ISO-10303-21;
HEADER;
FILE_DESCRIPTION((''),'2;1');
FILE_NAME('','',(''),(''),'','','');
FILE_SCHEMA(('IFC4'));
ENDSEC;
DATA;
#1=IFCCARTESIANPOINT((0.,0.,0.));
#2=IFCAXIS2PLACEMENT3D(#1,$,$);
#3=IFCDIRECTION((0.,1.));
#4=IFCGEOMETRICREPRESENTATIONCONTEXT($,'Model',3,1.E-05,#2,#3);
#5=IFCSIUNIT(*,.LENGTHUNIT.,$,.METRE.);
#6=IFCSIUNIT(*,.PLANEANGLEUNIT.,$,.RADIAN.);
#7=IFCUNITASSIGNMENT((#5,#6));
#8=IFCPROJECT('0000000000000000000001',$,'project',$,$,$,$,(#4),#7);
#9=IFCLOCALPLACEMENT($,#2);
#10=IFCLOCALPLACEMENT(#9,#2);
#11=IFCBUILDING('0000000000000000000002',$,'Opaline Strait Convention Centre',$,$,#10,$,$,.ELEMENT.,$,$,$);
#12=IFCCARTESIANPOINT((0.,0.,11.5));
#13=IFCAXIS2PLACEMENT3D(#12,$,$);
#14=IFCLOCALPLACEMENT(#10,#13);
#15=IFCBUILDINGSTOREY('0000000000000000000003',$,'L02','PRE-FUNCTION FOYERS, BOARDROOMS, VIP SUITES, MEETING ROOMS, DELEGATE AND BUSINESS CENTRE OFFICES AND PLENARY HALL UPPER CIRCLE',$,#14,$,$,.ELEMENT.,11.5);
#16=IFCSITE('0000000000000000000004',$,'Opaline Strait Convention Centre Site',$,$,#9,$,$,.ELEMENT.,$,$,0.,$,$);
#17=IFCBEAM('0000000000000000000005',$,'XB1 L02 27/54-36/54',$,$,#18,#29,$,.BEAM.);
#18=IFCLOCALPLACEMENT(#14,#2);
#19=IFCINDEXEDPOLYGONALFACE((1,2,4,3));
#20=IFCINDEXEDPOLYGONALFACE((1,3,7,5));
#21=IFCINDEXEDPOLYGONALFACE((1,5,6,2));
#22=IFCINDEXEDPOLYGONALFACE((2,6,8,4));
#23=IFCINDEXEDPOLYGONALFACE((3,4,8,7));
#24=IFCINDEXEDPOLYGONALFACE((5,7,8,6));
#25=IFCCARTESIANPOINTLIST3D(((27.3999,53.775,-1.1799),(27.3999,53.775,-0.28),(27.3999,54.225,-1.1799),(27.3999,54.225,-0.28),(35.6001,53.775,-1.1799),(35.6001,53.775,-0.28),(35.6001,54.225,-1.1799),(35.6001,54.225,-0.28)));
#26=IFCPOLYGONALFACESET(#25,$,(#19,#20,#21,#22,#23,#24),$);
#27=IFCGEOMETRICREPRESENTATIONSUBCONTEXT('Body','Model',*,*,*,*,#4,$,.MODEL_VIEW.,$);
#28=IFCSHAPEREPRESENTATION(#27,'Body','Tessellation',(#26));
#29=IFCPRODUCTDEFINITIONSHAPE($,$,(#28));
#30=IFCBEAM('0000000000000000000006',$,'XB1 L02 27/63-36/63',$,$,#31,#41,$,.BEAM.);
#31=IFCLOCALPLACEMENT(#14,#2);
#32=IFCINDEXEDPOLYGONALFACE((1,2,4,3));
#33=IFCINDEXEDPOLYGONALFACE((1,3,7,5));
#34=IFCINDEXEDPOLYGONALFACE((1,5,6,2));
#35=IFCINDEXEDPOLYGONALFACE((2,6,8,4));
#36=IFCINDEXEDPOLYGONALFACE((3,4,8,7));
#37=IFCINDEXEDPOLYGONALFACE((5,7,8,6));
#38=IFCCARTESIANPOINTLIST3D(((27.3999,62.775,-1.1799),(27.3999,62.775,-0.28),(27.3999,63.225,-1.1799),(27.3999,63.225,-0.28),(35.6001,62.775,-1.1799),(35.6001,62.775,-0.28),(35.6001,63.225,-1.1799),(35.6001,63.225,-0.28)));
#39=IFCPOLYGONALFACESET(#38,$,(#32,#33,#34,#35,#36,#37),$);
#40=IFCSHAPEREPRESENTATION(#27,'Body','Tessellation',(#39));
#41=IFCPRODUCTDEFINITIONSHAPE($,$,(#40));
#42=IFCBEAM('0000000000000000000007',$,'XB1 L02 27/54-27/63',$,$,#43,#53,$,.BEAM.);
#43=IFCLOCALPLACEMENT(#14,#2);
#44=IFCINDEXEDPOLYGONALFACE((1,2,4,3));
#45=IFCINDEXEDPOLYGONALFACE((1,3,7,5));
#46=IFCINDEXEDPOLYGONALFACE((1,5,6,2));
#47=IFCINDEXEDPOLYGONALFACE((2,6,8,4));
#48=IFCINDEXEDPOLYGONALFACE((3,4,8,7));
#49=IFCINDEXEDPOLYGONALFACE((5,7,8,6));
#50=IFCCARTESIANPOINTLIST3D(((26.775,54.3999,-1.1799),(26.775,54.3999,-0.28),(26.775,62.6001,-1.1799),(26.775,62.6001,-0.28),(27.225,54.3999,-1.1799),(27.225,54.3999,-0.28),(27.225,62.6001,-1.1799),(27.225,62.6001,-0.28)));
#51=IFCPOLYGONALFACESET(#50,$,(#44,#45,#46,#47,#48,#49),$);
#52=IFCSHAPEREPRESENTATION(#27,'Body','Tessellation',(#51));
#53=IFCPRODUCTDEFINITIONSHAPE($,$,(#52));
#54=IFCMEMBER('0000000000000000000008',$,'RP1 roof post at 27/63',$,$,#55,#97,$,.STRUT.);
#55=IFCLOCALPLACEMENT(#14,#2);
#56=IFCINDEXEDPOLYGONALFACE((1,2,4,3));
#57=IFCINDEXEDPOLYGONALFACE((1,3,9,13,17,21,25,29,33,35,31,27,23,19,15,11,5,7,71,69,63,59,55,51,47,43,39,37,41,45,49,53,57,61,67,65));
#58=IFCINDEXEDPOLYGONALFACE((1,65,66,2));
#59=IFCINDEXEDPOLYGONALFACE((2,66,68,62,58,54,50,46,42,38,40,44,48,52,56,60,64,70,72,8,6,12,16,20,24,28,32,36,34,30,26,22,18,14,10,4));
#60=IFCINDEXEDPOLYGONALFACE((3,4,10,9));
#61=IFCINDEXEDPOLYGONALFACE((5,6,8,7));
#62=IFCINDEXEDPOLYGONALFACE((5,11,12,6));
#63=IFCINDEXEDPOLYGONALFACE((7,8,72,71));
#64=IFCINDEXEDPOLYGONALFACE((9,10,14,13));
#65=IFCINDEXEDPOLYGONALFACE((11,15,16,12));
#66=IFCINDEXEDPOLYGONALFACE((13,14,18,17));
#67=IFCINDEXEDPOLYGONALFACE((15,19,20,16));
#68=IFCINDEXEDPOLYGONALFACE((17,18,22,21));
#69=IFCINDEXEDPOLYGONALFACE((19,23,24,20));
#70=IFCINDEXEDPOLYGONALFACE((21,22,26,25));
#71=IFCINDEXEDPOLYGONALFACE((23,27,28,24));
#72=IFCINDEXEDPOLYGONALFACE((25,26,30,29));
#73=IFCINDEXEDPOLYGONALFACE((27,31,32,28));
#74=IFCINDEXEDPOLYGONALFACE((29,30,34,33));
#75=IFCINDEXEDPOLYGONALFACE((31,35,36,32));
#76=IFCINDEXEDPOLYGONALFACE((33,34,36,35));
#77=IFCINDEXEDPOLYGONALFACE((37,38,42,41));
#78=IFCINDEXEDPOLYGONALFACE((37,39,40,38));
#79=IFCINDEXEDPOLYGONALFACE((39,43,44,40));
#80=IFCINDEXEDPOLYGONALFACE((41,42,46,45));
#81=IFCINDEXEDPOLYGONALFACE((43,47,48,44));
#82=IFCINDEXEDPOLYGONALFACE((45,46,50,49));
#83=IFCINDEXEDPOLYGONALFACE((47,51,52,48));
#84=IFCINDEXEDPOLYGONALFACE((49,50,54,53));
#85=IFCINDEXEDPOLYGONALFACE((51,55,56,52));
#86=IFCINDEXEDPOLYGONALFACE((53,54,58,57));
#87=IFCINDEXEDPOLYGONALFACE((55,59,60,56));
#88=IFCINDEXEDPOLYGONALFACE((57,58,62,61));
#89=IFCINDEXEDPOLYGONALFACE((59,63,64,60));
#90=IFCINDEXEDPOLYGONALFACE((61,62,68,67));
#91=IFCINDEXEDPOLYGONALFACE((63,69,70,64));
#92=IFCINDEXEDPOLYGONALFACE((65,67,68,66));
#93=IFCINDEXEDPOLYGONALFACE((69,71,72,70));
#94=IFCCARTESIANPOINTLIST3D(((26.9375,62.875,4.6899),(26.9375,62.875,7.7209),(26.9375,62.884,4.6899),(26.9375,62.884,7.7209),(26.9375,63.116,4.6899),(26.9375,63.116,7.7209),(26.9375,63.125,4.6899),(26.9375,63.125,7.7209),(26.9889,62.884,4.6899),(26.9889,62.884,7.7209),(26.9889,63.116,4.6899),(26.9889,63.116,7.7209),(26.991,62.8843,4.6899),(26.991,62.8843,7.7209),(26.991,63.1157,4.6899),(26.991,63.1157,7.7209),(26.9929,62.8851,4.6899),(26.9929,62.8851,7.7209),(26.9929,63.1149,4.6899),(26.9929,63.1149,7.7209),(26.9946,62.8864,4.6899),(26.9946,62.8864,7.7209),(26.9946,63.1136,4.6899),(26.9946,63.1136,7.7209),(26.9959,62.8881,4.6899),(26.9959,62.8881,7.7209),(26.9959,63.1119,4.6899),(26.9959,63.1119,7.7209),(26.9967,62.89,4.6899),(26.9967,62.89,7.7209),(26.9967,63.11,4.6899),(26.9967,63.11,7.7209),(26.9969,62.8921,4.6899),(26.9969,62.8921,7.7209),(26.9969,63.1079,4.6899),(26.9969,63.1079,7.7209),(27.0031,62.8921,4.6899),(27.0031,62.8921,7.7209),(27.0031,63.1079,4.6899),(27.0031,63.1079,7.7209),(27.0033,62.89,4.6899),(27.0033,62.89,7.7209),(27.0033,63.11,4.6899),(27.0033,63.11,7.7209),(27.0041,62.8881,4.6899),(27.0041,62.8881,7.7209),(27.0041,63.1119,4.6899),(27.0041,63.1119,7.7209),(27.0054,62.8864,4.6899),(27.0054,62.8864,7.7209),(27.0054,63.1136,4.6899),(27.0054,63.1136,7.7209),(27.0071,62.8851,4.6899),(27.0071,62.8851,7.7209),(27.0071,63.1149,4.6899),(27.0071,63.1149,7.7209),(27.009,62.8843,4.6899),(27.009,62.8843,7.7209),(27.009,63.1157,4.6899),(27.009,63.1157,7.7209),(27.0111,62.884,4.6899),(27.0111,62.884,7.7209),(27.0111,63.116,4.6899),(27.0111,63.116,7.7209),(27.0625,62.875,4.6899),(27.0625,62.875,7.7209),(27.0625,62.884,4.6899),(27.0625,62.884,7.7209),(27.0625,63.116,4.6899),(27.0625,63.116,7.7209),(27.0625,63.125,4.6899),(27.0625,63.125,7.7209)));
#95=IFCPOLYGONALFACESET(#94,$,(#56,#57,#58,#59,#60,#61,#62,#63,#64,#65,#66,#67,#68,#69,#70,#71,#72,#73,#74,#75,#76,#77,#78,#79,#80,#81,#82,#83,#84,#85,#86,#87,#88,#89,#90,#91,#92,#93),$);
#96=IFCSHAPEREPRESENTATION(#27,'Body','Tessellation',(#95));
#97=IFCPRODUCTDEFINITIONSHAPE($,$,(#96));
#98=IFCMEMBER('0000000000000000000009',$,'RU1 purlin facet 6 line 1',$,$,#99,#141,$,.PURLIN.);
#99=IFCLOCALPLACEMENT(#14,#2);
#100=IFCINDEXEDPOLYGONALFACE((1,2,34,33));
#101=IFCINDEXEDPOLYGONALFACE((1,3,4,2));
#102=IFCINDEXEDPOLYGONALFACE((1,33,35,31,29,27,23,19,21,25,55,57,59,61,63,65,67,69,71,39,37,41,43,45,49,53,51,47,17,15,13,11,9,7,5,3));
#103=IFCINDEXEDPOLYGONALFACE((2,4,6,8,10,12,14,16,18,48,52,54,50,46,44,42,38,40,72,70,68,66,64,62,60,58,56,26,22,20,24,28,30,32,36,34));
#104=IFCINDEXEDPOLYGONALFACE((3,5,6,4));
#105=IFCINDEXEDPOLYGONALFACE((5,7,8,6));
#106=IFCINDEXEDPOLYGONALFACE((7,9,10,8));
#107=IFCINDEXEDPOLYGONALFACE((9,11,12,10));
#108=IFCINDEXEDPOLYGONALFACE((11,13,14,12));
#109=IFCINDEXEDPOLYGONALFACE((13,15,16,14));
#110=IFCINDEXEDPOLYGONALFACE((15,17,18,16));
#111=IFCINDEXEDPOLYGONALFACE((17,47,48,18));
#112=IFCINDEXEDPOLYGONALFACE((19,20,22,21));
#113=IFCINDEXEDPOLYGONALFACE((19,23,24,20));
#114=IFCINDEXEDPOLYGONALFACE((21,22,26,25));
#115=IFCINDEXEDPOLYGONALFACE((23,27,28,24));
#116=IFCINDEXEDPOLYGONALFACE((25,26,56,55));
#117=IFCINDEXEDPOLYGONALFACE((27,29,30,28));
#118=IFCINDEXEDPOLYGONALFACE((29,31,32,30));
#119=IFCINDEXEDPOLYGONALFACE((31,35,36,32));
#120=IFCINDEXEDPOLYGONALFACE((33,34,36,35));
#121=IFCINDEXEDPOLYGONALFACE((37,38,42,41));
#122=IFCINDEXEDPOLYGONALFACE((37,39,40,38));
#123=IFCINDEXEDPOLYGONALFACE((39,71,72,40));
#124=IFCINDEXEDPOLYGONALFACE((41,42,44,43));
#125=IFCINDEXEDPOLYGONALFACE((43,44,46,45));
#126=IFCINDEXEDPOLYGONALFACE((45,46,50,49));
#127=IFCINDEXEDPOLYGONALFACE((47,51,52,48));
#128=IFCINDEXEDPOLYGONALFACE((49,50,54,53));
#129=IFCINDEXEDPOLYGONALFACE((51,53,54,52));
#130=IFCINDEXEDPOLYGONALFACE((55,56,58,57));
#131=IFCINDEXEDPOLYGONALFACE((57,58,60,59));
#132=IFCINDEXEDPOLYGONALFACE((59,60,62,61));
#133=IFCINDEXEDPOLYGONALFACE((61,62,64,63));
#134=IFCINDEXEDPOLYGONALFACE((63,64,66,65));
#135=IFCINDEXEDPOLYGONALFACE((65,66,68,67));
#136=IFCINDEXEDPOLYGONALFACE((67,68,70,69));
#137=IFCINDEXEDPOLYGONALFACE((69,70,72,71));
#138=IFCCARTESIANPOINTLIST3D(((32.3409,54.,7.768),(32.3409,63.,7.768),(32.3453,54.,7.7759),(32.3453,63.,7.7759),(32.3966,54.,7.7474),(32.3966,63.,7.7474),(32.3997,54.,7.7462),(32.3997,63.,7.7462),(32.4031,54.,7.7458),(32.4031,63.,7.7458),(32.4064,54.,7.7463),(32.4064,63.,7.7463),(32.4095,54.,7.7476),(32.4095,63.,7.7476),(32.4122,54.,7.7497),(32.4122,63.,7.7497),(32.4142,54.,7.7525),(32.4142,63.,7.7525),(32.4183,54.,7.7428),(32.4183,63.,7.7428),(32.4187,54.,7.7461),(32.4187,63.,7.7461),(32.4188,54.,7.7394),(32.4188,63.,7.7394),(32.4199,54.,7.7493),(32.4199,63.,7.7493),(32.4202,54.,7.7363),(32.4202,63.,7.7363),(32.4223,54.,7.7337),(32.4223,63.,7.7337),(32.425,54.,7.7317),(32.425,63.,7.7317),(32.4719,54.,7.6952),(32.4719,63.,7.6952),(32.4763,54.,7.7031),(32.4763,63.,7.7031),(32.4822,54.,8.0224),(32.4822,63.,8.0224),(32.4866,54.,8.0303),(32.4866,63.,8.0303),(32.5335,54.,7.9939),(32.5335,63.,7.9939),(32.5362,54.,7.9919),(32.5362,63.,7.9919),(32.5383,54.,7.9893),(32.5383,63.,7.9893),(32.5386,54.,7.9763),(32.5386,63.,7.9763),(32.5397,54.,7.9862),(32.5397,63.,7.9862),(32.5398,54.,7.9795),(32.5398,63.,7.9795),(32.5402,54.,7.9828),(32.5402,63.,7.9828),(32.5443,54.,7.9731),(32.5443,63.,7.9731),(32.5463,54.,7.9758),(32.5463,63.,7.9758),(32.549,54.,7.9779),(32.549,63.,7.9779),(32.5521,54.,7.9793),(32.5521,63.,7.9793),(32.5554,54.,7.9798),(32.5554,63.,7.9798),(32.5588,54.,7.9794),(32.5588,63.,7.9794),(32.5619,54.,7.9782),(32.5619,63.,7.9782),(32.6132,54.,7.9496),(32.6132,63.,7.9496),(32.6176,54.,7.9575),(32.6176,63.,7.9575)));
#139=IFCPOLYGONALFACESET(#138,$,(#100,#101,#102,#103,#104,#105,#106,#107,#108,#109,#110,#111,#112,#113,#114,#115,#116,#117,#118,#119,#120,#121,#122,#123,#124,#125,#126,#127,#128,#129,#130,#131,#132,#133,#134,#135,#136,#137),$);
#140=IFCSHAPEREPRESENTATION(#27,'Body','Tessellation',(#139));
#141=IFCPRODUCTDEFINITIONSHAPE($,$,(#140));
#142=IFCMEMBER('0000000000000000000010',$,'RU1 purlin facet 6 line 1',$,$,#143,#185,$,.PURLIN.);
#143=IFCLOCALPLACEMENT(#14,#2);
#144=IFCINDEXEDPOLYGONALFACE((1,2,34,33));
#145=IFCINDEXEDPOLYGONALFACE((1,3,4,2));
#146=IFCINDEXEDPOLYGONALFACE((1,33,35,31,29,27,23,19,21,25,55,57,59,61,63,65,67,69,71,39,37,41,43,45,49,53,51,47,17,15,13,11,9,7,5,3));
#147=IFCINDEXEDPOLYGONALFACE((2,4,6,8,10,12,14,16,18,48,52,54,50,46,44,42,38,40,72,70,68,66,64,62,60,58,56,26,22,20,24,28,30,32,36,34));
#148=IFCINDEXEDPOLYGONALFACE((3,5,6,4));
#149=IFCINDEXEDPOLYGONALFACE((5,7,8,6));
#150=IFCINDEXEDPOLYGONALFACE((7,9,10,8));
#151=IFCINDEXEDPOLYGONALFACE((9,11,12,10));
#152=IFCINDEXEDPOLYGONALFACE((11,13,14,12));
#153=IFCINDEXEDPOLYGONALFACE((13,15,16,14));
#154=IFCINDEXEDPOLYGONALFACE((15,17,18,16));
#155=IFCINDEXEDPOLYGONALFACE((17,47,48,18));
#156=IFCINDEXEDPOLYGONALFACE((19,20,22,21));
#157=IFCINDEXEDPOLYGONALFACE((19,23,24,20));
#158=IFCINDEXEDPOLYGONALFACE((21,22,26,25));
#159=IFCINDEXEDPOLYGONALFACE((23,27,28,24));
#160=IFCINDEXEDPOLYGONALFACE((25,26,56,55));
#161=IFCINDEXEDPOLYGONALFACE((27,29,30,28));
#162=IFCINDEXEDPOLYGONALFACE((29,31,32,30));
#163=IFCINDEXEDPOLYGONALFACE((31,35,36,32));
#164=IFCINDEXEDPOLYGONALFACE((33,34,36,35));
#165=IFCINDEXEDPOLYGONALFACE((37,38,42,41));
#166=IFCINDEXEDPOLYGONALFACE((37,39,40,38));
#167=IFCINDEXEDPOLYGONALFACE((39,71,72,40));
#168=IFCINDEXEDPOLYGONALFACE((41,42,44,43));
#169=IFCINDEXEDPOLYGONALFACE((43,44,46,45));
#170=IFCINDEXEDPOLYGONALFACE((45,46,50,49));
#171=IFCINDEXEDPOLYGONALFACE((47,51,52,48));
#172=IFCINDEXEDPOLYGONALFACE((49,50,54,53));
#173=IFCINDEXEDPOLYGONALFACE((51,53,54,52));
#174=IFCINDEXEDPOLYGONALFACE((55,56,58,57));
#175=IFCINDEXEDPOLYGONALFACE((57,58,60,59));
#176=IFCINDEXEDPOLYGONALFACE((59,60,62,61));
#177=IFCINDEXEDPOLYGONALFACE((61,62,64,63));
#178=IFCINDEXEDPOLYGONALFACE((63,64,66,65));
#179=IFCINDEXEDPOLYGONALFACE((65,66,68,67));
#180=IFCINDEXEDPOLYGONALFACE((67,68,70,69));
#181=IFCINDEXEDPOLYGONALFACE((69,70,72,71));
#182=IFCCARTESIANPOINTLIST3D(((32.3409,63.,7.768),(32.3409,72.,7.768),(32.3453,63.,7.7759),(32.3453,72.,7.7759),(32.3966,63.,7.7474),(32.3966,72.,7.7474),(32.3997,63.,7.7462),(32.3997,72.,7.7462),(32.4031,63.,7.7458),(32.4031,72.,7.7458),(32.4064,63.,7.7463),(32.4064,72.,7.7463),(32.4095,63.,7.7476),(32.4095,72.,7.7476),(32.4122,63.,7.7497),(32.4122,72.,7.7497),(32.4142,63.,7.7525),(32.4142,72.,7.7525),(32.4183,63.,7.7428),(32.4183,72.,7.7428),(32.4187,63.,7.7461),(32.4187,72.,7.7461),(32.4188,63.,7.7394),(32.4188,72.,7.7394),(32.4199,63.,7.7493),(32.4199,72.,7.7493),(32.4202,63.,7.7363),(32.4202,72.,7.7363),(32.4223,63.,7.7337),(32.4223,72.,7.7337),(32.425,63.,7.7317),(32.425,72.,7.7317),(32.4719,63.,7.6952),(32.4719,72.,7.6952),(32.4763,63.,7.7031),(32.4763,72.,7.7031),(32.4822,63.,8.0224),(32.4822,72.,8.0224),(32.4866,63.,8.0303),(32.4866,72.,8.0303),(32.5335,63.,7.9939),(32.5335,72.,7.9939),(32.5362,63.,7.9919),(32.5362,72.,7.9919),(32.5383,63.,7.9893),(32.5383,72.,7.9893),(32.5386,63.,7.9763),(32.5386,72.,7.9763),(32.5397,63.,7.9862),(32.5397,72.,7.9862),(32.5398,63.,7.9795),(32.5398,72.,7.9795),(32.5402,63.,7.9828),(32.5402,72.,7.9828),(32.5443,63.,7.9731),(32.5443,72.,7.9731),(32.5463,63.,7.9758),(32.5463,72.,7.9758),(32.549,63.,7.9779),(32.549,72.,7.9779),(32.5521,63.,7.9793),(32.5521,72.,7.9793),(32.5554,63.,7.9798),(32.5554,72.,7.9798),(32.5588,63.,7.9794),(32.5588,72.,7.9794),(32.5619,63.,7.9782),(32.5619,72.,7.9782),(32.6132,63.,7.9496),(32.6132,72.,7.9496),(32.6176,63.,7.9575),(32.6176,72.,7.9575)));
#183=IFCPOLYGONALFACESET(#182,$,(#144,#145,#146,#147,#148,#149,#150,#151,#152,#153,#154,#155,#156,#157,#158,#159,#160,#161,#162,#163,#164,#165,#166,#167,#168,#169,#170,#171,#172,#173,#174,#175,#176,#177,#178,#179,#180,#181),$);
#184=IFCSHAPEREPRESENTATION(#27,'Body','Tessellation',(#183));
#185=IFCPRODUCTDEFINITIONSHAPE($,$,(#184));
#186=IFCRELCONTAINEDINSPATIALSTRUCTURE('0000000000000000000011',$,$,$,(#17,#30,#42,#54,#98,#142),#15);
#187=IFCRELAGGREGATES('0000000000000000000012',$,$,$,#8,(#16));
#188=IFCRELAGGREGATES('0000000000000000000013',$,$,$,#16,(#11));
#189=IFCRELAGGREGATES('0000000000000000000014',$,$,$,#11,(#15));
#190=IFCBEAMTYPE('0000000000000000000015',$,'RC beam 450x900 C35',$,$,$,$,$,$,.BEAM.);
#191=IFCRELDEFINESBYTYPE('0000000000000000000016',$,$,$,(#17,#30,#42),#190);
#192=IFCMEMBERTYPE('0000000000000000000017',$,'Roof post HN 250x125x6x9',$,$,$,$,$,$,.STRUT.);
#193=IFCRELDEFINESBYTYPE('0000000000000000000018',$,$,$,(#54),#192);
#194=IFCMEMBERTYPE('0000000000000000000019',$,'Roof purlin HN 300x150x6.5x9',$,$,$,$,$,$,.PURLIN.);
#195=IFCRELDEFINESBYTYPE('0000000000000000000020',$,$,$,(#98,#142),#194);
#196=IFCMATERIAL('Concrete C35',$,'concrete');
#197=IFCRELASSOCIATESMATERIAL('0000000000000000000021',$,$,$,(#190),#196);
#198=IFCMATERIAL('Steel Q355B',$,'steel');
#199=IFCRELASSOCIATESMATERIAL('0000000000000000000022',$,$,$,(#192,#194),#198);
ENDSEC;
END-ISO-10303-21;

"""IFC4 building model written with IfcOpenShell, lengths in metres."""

from ifc_helpers import new_model, si_unit, direction, frame, origin, origin_2d, place, context, subcontext, project, spatial, rectangle, i_section, extrude, material, material_profile, profile_set, type_object, element, save


model = new_model("IFC4")

# Units and contexts
model_context = context("Model", 3, precision=1e-05, world=origin(), true_north=direction((0.0, 1.0)))
body_context = subcontext(model_context, "Body", "Model", "MODEL_VIEW")
ifc_project = project(units=[si_unit("LENGTHUNIT", "METRE"), si_unit("PLANEANGLEUNIT", "RADIAN")], contexts=[model_context])

# Site, building, storey
site_placement = place(None, origin())
site = spatial("IfcSite", under=ifc_project, at=site_placement, Name="Opaline Strait Convention Centre Site", CompositionType="ELEMENT", RefElevation=0.0)
building_placement = place(site_placement, origin())
building = spatial("IfcBuilding", under=site, at=building_placement, Name="Opaline Strait Convention Centre", CompositionType="ELEMENT")
storey_placement = place(building_placement, frame((0.0, 0.0, 11.5)))
storey = spatial("IfcBuildingStorey", under=building, at=storey_placement, Name="L02", Description="PRE-FUNCTION FOYERS, BOARDROOMS, VIP SUITES, MEETING ROOMS, DELEGATE AND BUSINESS CENTRE OFFICES AND PLENARY HALL UPPER CIRCLE", CompositionType="ELEMENT", Elevation=11.5)

# Shared definitions
ifc_material_1 = material(Name="Steel Q355B", Category="steel")

# Beams
ifc_material_2 = material(Name="Concrete C35", Category="concrete")
ifc_material_profile_1 = material_profile(ifc_material_2, rectangle(XDim=0.45, YDim=0.8999, at=origin_2d()), Name="RC 450x900")
ifc_profile_set_1 = profile_set([ifc_material_profile_1], Name="Concrete C35")
beam_type = type_object("IfcBeamType", Name="RC beam 450x900 C35", PredefinedType="BEAM", material=ifc_profile_set_1)
for number, where, z_axis, x_axis, name in (
    (1, (27.3999, 54.0, -0.73), (1.0, 0.0, 0.0), (0.0, 1.0, 0.0), "XB1 L02 27/54-36/54"),
    (2, (27.3999, 63.0, -0.73), (1.0, 0.0, 0.0), (0.0, 1.0, 0.0), "XB1 L02 27/63-36/63"),
    (3, (27.0, 54.3999, -0.73), (0.0, 1.0, 0.0), (-1.0, 0.0, 0.0), "XB1 L02 27/54-27/63"),
):
    element("IfcBeam", number, at=place(storey_placement, frame(where, z_axis=z_axis, x_axis=x_axis)), inside=storey, type_object=beam_type, Name=name, PredefinedType="BEAM", context=body_context, shape_type="SweptSolid", body=[
        extrude(rectangle(XDim=0.45, YDim=0.8999, at=origin_2d()), origin(), (0.0, 0.0, 1.0), 8.2002),
    ])

# Members
ifc_material_profile_2 = material_profile(ifc_material_1, i_section(OverallWidth=0.125, OverallDepth=0.25, WebThickness=0.0061, FlangeThickness=0.009, FilletRadius=0.0081, at=origin_2d()), Name="HN 250x125x6x9")
ifc_profile_set_2 = profile_set([ifc_material_profile_2], Name="Steel Q355B")
member_type_1 = type_object("IfcMemberType", Name="Roof post HN 250x125x6x9", PredefinedType="STRUT", material=ifc_profile_set_2)
member_1_placement = place(storey_placement, frame((27.0, 63.0, 4.6899), z_axis=(0.0, 0.0, 1.0), x_axis=(1.0, 0.0, 0.0)))
element("IfcMember", 4, at=member_1_placement, inside=storey, type_object=member_type_1, Name="RP1 roof post at 27/63", PredefinedType="STRUT", context=body_context, shape_type="SweptSolid", body=[
    extrude(i_section(OverallWidth=0.125, OverallDepth=0.25, WebThickness=0.0061, FlangeThickness=0.009, FilletRadius=0.0081, at=origin_2d()), origin(), (0.0, 0.0, 1.0), 3.031),
])
ifc_material_profile_3 = material_profile(ifc_material_1, i_section(OverallWidth=0.1499, OverallDepth=0.3, WebThickness=0.0066, FlangeThickness=0.009, FilletRadius=0.0129, at=origin_2d()), Name="HN 300x150x6.5x9")
ifc_profile_set_3 = profile_set([ifc_material_profile_3], Name="Steel Q355B")
member_type_2 = type_object("IfcMemberType", Name="Roof purlin HN 300x150x6.5x9", PredefinedType="PURLIN", material=ifc_profile_set_3)
for number, where, z_axis, x_axis, name in (
    (5, (32.4792, 54.0, 7.8628), (0.0, 1.0, 0.0), (-0.874157, 0.0, 0.485643), "RU1 purlin facet 6 line 1"),
    (6, (32.4792, 63.0, 7.8628), (0.0, 1.0, 0.0), (-0.874157, 0.0, 0.485643), "RU1 purlin facet 6 line 1"),
):
    element("IfcMember", number, at=place(storey_placement, frame(where, z_axis=z_axis, x_axis=x_axis)), inside=storey, type_object=member_type_2, Name=name, PredefinedType="PURLIN", context=body_context, shape_type="SweptSolid", body=[
        extrude(i_section(OverallWidth=0.1499, OverallDepth=0.3, WebThickness=0.0066, FlangeThickness=0.009, FilletRadius=0.0129, at=origin_2d()), origin(), (0.0, 0.0, 1.0), 9.0),
    ])

save(model, "model.ifc")
